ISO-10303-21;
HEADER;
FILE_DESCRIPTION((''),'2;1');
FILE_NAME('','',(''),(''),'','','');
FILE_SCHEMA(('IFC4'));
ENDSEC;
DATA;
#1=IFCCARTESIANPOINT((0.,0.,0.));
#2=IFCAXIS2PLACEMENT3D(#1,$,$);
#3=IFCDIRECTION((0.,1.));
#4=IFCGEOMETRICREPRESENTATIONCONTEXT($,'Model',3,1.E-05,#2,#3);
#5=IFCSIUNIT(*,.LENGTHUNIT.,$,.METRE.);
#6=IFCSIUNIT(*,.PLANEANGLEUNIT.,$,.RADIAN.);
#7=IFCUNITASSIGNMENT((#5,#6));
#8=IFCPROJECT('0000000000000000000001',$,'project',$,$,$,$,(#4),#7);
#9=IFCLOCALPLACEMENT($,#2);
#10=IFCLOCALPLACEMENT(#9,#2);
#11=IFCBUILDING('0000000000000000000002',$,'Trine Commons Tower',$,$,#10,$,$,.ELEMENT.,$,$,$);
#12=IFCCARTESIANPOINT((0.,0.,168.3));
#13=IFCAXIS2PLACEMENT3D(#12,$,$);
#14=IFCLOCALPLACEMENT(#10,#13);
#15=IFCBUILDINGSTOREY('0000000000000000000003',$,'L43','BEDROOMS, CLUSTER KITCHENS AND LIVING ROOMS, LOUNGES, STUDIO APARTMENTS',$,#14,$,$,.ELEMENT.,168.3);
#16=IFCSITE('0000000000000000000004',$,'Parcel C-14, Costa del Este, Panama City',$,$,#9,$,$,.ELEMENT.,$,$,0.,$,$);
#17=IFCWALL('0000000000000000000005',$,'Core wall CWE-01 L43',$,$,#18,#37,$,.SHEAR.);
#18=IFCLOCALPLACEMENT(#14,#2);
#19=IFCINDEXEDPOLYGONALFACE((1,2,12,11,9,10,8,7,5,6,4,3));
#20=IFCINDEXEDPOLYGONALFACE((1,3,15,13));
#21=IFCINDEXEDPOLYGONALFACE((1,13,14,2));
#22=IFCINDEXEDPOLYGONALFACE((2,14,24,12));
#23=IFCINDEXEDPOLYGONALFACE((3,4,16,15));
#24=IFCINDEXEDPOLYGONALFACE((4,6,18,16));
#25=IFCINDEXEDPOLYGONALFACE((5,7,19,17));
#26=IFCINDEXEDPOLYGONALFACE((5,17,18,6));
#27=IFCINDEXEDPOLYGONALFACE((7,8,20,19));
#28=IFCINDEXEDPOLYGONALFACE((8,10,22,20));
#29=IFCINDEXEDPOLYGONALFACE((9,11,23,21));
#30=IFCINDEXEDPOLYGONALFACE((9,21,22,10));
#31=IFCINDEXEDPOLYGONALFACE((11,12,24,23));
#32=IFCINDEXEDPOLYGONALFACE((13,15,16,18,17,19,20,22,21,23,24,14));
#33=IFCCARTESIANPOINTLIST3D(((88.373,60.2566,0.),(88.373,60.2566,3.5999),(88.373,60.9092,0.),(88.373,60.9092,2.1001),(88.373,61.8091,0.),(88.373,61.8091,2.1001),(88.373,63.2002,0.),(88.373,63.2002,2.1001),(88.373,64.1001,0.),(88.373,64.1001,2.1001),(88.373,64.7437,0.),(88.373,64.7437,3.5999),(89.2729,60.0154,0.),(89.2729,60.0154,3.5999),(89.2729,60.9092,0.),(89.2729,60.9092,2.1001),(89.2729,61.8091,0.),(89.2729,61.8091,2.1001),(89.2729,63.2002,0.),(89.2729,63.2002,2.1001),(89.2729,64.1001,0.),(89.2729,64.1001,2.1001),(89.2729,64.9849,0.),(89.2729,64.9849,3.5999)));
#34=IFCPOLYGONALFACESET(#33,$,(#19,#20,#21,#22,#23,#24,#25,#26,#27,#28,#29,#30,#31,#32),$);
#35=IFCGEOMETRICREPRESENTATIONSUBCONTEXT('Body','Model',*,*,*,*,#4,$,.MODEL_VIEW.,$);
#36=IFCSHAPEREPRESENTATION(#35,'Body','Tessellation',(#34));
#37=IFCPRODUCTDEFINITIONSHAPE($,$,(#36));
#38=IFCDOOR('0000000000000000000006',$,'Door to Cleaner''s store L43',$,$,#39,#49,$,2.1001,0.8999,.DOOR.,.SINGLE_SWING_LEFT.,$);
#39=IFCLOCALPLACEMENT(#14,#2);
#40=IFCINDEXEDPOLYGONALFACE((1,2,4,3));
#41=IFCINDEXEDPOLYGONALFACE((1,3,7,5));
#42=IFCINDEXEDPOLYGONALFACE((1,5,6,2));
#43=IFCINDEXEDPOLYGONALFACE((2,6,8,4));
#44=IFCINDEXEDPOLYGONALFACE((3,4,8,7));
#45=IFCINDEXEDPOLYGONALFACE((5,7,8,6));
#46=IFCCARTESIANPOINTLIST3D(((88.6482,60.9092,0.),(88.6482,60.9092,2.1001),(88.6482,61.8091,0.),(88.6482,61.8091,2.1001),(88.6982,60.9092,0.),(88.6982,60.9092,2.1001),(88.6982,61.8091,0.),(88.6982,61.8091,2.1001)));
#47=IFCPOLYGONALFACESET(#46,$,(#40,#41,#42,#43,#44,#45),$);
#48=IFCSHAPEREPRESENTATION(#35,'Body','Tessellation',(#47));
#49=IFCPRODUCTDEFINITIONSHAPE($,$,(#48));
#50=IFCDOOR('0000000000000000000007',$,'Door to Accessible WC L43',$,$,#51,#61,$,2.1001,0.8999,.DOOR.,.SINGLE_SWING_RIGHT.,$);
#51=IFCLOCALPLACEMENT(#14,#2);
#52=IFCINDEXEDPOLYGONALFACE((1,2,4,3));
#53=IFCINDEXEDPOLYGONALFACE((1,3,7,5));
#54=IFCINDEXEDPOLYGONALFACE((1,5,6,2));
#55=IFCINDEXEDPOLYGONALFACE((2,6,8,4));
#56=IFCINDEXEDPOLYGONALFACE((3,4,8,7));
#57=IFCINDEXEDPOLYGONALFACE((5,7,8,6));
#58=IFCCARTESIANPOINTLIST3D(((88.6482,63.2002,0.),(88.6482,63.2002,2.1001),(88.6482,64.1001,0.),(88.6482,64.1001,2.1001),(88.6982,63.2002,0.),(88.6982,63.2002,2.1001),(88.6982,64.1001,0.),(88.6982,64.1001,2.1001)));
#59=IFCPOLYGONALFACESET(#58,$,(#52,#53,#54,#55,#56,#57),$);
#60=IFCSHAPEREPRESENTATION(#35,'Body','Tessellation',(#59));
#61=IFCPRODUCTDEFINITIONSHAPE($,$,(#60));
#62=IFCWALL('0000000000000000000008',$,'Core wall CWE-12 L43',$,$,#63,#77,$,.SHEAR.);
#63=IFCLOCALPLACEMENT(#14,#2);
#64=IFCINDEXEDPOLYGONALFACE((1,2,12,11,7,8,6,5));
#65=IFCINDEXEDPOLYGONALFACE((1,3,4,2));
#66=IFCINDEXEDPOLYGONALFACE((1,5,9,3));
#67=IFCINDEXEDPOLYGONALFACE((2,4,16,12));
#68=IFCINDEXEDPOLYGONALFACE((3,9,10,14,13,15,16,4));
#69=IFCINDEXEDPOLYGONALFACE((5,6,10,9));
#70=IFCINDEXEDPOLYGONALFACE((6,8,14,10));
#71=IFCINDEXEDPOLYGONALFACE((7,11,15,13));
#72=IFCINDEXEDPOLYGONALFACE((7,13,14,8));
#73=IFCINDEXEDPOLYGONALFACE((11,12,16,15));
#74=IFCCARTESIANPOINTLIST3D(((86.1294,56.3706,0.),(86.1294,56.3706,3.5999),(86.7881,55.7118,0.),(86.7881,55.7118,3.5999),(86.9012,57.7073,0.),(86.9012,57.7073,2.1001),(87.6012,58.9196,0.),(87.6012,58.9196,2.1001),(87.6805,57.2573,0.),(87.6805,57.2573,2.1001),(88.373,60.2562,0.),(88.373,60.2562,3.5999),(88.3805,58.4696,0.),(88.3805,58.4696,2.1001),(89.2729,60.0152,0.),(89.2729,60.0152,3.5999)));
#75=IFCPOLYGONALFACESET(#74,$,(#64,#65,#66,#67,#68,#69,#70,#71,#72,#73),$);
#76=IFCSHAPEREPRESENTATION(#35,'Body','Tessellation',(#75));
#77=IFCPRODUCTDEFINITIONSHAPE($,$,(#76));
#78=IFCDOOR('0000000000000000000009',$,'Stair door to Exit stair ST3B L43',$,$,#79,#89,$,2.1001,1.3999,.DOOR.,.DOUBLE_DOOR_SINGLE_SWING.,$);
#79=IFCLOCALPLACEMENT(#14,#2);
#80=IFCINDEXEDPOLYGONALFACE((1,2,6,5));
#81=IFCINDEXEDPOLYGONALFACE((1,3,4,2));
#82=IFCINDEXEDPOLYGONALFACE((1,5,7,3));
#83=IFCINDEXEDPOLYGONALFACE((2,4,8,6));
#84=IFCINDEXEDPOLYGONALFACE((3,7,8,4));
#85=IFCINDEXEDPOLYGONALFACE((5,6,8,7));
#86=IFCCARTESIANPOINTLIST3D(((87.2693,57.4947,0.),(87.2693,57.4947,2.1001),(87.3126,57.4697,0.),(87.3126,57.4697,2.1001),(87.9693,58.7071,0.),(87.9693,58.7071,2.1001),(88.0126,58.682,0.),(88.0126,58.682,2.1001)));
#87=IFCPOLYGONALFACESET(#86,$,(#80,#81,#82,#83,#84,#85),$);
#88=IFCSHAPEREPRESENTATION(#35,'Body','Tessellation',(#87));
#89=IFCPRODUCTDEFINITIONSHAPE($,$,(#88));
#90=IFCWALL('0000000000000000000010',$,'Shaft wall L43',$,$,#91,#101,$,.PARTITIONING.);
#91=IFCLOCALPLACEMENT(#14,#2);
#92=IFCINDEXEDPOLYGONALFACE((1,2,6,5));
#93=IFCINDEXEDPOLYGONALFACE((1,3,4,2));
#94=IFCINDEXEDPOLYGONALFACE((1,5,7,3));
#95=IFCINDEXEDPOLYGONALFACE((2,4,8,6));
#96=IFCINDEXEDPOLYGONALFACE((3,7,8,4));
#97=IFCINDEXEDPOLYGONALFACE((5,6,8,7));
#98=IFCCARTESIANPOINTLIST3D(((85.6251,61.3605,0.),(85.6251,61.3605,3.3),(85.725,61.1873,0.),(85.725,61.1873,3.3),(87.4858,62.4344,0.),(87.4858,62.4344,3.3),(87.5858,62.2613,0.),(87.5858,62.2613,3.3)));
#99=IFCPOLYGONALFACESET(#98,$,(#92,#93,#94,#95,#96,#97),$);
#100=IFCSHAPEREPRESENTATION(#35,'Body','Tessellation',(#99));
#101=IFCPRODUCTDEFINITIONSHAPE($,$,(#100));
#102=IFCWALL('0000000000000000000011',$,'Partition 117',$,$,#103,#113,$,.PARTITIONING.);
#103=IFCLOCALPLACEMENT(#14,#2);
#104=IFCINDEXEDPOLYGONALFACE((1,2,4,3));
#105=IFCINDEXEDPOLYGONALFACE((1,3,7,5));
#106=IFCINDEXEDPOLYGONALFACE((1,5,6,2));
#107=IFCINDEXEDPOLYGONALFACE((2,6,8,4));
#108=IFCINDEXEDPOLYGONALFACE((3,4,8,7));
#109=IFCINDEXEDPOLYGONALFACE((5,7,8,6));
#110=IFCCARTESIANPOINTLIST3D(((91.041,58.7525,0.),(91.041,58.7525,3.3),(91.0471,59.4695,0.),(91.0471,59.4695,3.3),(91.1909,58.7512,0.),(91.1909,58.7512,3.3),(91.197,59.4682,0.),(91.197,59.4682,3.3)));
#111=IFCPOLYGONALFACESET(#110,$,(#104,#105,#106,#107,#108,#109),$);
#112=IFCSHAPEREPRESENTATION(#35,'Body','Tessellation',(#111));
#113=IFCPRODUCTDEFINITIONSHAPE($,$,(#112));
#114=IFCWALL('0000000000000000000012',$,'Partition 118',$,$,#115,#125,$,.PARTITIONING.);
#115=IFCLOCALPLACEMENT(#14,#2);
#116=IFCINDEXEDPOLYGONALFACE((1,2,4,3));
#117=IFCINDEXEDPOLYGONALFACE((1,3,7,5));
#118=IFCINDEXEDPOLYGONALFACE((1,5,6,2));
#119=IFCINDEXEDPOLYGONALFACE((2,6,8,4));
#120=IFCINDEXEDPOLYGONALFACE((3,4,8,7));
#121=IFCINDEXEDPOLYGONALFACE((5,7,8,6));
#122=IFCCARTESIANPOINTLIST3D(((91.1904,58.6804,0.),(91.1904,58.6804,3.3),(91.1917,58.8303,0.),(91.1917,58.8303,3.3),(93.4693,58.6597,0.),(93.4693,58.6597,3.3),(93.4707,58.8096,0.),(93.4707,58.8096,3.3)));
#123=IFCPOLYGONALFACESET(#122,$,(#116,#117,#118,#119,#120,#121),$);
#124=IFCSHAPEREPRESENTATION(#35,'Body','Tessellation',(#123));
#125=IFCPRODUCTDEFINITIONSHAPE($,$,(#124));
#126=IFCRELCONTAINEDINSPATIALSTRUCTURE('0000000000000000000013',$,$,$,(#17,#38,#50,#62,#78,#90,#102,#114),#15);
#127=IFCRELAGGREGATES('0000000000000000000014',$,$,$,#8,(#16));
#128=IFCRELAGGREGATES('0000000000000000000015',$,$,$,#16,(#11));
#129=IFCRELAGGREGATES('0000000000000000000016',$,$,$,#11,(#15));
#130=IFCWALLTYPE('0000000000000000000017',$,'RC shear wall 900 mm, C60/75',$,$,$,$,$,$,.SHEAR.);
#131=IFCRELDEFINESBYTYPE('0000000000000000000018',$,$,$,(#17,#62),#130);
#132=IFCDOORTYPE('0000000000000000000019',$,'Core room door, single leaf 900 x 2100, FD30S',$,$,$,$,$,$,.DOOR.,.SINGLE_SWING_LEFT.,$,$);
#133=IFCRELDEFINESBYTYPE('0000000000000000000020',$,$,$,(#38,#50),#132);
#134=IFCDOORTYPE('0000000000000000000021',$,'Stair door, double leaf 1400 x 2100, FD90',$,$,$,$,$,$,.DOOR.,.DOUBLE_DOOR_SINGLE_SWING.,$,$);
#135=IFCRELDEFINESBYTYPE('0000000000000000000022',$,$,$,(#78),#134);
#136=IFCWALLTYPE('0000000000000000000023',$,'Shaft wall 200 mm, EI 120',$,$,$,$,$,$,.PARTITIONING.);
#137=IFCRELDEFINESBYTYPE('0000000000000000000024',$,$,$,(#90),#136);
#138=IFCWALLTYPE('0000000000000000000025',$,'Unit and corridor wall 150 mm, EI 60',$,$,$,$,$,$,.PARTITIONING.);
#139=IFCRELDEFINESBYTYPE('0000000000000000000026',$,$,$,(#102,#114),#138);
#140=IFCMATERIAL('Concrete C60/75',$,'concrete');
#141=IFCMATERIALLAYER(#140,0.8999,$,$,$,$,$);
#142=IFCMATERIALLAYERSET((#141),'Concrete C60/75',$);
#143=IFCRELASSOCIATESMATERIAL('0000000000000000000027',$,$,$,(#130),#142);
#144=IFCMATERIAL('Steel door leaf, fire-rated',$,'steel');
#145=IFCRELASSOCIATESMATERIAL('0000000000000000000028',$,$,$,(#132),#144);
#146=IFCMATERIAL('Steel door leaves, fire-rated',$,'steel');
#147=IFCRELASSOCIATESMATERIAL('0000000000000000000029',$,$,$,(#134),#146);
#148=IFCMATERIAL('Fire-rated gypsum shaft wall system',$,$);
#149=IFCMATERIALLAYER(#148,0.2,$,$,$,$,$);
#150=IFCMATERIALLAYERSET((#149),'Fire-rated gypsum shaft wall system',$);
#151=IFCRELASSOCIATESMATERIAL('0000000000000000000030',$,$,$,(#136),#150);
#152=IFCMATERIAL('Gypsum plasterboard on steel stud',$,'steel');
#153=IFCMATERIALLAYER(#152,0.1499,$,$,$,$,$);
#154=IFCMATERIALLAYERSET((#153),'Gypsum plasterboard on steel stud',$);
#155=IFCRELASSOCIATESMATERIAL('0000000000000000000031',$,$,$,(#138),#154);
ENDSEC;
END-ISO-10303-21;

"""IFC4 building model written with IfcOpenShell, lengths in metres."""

from ifc_helpers import new_model, si_unit, direction, frame, frame_2d, origin, place, context, subcontext, project, spatial, polyline, rectangle, outline, extrude, material, layer, layer_set, type_object, element, fill, save


model = new_model("IFC4")

# Units and contexts
model_context = context("Model", 3, precision=1e-05, world=origin(), true_north=direction((0.0, 1.0)))
body_context = subcontext(model_context, "Body", "Model", "MODEL_VIEW")
ifc_project = project(units=[si_unit("LENGTHUNIT", "METRE"), si_unit("PLANEANGLEUNIT", "RADIAN")], contexts=[model_context])

# Site, building, storey
site_placement = place(None, origin())
site = spatial("IfcSite", under=ifc_project, at=site_placement, Name="Parcel C-14, Costa del Este, Panama City", CompositionType="ELEMENT", RefElevation=0.0)
building_placement = place(site_placement, origin())
building = spatial("IfcBuilding", under=site, at=building_placement, Name="Trine Commons Tower", CompositionType="ELEMENT")
storey_placement = place(building_placement, frame((0.0, 0.0, 168.3)))
storey = spatial("IfcBuildingStorey", under=building, at=storey_placement, Name="L43", Description="BEDROOMS, CLUSTER KITCHENS AND LIVING ROOMS, LOUNGES, STUDIO APARTMENTS", CompositionType="ELEMENT", Elevation=168.3)

# Wall, openings, doors
ifc_material_1 = material(Name="Concrete C60/75", Category="concrete")
ifc_layer_1 = layer(ifc_material_1, 0.8999)
ifc_layer_set_1 = layer_set([ifc_layer_1], Name="Concrete C60/75")
wall_type_1 = type_object("IfcWallType", Name="RC shear wall 900 mm, C60/75", PredefinedType="SHEAR", material=ifc_layer_set_1)
wall_1_placement = place(storey_placement, frame((88.823, 60.0154, 0.0), z_axis=(0.0, 0.0, 1.0), x_axis=(0.0, 1.0, 0.0)))
wall_1 = element("IfcWall", 1, at=wall_1_placement, inside=storey, type_object=wall_type_1, Name="Core wall CWE-01 L43", PredefinedType="SHEAR", context=body_context, shape_type="SweptSolid", body=[
    extrude(outline(polyline([(0.0, -0.45), (4.9695, -0.45), (4.7283, 0.45), (0.2412, 0.45), (0.0, -0.45)])), origin(), (0.0, 0.0, 1.0), 3.5999),
])
opening_1_placement = place(wall_1_placement, frame((0.8938, 0.0, 0.0)))
opening_1 = element("IfcOpeningElement", 2, at=opening_1_placement, cuts=wall_1, PredefinedType="OPENING", context=body_context, shape_type="SweptSolid", body=[
    extrude(rectangle(XDim=0.8999, YDim=2.1001, at=frame_2d((0.45, 1.05))), frame((0.0, 0.46, 0.0), z_axis=(0.0, -1.0, 0.0), x_axis=(1.0, 0.0, 0.0)), (0.0, 0.0, 1.0), 0.9199),
])
opening_2_placement = place(wall_1_placement, frame((3.1848, 0.0, 0.0)))
opening_2 = element("IfcOpeningElement", 3, at=opening_2_placement, cuts=wall_1, PredefinedType="OPENING", context=body_context, shape_type="SweptSolid", body=[
    extrude(rectangle(XDim=0.8999, YDim=2.1001, at=frame_2d((0.45, 1.05))), frame((0.0, 0.46, 0.0), z_axis=(0.0, -1.0, 0.0), x_axis=(1.0, 0.0, 0.0)), (0.0, 0.0, 1.0), 0.9199),
])
ifc_material_2 = material(Name="Steel door leaf, fire-rated", Category="steel")
door_type_1 = type_object("IfcDoorType", Name="Core room door, single leaf 900 x 2100, FD30S", OperationType="SINGLE_SWING_LEFT", PredefinedType="DOOR", material=ifc_material_2)
door_1_placement = place(opening_1_placement, origin())
door_1 = element("IfcDoor", 4, at=door_1_placement, inside=storey, type_object=door_type_1, Name="Door to Cleaner's store L43", OperationType="SINGLE_SWING_LEFT", OverallHeight=2.1001, OverallWidth=0.8999, PredefinedType="DOOR", context=body_context, shape_type="SweptSolid", body=[
    extrude(rectangle(XDim=0.8999, YDim=2.1001, at=frame_2d((0.45, 1.05))), frame((0.0, 0.1748, 0.0), z_axis=(0.0, -1.0, 0.0), x_axis=(1.0, 0.0, 0.0)), (0.0, 0.0, 1.0), 0.05),
])
fill(opening_1, door_1)
door_2_placement = place(opening_2_placement, origin())
door_2 = element("IfcDoor", 5, at=door_2_placement, inside=storey, type_object=door_type_1, Name="Door to Accessible WC L43", OperationType="SINGLE_SWING_RIGHT", OverallHeight=2.1001, OverallWidth=0.8999, PredefinedType="DOOR", context=body_context, shape_type="SweptSolid", body=[
    extrude(rectangle(XDim=0.8999, YDim=2.1001, at=frame_2d((0.45, 1.05))), frame((0.0, 0.1748, 0.0), z_axis=(0.0, -1.0, 0.0), x_axis=(1.0, 0.0, 0.0)), (0.0, 0.0, 1.0), 0.05),
])
fill(opening_2, door_2)

# Wall, opening, door
wall_2_placement = place(storey_placement, frame((86.3984, 55.9368, 0.0), z_axis=(0.0, 0.0, 1.0), x_axis=(0.500039, 0.866003, 0.0)))
wall_2 = element("IfcWall", 6, at=wall_2_placement, inside=storey, type_object=wall_type_1, Name="Core wall CWE-12 L43", PredefinedType="SHEAR", context=body_context, shape_type="SweptSolid", body=[
    extrude(outline(polyline([(0.0, -0.45), (4.9692, -0.45), (4.728, 0.45), (0.2412, 0.45), (0.0, -0.45)])), origin(), (0.0, 0.0, 1.0), 3.5999),
])
opening_3_placement = place(wall_2_placement, frame((1.7847, 0.0, 0.0)))
opening_3 = element("IfcOpeningElement", 7, at=opening_3_placement, cuts=wall_2, PredefinedType="OPENING", context=body_context, shape_type="SweptSolid", body=[
    extrude(rectangle(XDim=1.3999, YDim=2.1001, at=frame_2d((0.7, 1.05))), frame((0.0, 0.46, 0.0), z_axis=(0.0, -1.0, 0.0), x_axis=(1.0, 0.0, 0.0)), (0.0, 0.0, 1.0), 0.9199),
])
ifc_material_3 = material(Name="Steel door leaves, fire-rated", Category="steel")
door_type_2 = type_object("IfcDoorType", Name="Stair door, double leaf 1400 x 2100, FD90", OperationType="DOUBLE_DOOR_SINGLE_SWING", PredefinedType="DOOR", material=ifc_material_3)
door_3_placement = place(opening_3_placement, origin())
door_3 = element("IfcDoor", 8, at=door_3_placement, inside=storey, type_object=door_type_2, Name="Stair door to Exit stair ST3B L43", OperationType="DOUBLE_DOOR_SINGLE_SWING", OverallHeight=2.1001, OverallWidth=1.3999, PredefinedType="DOOR", context=body_context, shape_type="SweptSolid", body=[
    extrude(rectangle(XDim=1.3999, YDim=2.1001, at=frame_2d((0.7, 1.05))), frame((0.0, 0.0249, 0.0), z_axis=(0.0, -1.0, 0.0), x_axis=(1.0, 0.0, 0.0)), (0.0, 0.0, 1.0), 0.05),
])
fill(opening_3, door_3)

# Walls
ifc_material_4 = material(Name="Fire-rated gypsum shaft wall system")
ifc_layer_2 = layer(ifc_material_4, 0.2)
ifc_layer_set_2 = layer_set([ifc_layer_2], Name="Fire-rated gypsum shaft wall system")
wall_type_2 = type_object("IfcWallType", Name="Shaft wall 200 mm, EI 120", PredefinedType="PARTITIONING", material=ifc_layer_set_2)
wall_3_placement = place(storey_placement, frame((85.675, 61.2739, 0.0), z_axis=(0.0, 0.0, 1.0), x_axis=(0.866102, 0.499867, 0.0)))
element("IfcWall", 9, at=wall_3_placement, inside=storey, type_object=wall_type_2, Name="Shaft wall L43", PredefinedType="PARTITIONING", context=body_context, shape_type="SweptSolid", body=[
    extrude(rectangle(XDim=2.1484, YDim=0.2, at=frame_2d((1.0742, 0.0))), origin(), (0.0, 0.0, 1.0), 3.3),
])
ifc_material_5 = material(Name="Gypsum plasterboard on steel stud", Category="steel")
ifc_layer_3 = layer(ifc_material_5, 0.1499)
ifc_layer_set_3 = layer_set([ifc_layer_3], Name="Gypsum plasterboard on steel stud")
wall_type_3 = type_object("IfcWallType", Name="Unit and corridor wall 150 mm, EI 60", PredefinedType="PARTITIONING", material=ifc_layer_set_3)
wall_4_placement = place(storey_placement, frame((91.116, 58.752, 0.0), z_axis=(0.0, 0.0, 1.0), x_axis=(0.008512, 0.999964, 0.0)))
element("IfcWall", 10, at=wall_4_placement, inside=storey, type_object=wall_type_3, Name="Partition 117", PredefinedType="PARTITIONING", context=body_context, shape_type="SweptSolid", body=[
    extrude(rectangle(XDim=0.717, YDim=0.1499, at=frame_2d((0.3584, 0.0))), origin(), (0.0, 0.0, 1.0), 3.3),
])
wall_5_placement = place(storey_placement, frame((91.1909, 58.7554, 0.0), z_axis=(0.0, 0.0, 1.0), x_axis=(0.999959, -0.009105, 0.0)))
element("IfcWall", 11, at=wall_5_placement, inside=storey, type_object=wall_type_3, Name="Partition 118", PredefinedType="PARTITIONING", context=body_context, shape_type="SweptSolid", body=[
    extrude(rectangle(XDim=2.2791, YDim=0.1499, at=frame_2d((1.1396, 0.0))), origin(), (0.0, 0.0, 1.0), 3.3),
])

save(model, "model.ifc")
